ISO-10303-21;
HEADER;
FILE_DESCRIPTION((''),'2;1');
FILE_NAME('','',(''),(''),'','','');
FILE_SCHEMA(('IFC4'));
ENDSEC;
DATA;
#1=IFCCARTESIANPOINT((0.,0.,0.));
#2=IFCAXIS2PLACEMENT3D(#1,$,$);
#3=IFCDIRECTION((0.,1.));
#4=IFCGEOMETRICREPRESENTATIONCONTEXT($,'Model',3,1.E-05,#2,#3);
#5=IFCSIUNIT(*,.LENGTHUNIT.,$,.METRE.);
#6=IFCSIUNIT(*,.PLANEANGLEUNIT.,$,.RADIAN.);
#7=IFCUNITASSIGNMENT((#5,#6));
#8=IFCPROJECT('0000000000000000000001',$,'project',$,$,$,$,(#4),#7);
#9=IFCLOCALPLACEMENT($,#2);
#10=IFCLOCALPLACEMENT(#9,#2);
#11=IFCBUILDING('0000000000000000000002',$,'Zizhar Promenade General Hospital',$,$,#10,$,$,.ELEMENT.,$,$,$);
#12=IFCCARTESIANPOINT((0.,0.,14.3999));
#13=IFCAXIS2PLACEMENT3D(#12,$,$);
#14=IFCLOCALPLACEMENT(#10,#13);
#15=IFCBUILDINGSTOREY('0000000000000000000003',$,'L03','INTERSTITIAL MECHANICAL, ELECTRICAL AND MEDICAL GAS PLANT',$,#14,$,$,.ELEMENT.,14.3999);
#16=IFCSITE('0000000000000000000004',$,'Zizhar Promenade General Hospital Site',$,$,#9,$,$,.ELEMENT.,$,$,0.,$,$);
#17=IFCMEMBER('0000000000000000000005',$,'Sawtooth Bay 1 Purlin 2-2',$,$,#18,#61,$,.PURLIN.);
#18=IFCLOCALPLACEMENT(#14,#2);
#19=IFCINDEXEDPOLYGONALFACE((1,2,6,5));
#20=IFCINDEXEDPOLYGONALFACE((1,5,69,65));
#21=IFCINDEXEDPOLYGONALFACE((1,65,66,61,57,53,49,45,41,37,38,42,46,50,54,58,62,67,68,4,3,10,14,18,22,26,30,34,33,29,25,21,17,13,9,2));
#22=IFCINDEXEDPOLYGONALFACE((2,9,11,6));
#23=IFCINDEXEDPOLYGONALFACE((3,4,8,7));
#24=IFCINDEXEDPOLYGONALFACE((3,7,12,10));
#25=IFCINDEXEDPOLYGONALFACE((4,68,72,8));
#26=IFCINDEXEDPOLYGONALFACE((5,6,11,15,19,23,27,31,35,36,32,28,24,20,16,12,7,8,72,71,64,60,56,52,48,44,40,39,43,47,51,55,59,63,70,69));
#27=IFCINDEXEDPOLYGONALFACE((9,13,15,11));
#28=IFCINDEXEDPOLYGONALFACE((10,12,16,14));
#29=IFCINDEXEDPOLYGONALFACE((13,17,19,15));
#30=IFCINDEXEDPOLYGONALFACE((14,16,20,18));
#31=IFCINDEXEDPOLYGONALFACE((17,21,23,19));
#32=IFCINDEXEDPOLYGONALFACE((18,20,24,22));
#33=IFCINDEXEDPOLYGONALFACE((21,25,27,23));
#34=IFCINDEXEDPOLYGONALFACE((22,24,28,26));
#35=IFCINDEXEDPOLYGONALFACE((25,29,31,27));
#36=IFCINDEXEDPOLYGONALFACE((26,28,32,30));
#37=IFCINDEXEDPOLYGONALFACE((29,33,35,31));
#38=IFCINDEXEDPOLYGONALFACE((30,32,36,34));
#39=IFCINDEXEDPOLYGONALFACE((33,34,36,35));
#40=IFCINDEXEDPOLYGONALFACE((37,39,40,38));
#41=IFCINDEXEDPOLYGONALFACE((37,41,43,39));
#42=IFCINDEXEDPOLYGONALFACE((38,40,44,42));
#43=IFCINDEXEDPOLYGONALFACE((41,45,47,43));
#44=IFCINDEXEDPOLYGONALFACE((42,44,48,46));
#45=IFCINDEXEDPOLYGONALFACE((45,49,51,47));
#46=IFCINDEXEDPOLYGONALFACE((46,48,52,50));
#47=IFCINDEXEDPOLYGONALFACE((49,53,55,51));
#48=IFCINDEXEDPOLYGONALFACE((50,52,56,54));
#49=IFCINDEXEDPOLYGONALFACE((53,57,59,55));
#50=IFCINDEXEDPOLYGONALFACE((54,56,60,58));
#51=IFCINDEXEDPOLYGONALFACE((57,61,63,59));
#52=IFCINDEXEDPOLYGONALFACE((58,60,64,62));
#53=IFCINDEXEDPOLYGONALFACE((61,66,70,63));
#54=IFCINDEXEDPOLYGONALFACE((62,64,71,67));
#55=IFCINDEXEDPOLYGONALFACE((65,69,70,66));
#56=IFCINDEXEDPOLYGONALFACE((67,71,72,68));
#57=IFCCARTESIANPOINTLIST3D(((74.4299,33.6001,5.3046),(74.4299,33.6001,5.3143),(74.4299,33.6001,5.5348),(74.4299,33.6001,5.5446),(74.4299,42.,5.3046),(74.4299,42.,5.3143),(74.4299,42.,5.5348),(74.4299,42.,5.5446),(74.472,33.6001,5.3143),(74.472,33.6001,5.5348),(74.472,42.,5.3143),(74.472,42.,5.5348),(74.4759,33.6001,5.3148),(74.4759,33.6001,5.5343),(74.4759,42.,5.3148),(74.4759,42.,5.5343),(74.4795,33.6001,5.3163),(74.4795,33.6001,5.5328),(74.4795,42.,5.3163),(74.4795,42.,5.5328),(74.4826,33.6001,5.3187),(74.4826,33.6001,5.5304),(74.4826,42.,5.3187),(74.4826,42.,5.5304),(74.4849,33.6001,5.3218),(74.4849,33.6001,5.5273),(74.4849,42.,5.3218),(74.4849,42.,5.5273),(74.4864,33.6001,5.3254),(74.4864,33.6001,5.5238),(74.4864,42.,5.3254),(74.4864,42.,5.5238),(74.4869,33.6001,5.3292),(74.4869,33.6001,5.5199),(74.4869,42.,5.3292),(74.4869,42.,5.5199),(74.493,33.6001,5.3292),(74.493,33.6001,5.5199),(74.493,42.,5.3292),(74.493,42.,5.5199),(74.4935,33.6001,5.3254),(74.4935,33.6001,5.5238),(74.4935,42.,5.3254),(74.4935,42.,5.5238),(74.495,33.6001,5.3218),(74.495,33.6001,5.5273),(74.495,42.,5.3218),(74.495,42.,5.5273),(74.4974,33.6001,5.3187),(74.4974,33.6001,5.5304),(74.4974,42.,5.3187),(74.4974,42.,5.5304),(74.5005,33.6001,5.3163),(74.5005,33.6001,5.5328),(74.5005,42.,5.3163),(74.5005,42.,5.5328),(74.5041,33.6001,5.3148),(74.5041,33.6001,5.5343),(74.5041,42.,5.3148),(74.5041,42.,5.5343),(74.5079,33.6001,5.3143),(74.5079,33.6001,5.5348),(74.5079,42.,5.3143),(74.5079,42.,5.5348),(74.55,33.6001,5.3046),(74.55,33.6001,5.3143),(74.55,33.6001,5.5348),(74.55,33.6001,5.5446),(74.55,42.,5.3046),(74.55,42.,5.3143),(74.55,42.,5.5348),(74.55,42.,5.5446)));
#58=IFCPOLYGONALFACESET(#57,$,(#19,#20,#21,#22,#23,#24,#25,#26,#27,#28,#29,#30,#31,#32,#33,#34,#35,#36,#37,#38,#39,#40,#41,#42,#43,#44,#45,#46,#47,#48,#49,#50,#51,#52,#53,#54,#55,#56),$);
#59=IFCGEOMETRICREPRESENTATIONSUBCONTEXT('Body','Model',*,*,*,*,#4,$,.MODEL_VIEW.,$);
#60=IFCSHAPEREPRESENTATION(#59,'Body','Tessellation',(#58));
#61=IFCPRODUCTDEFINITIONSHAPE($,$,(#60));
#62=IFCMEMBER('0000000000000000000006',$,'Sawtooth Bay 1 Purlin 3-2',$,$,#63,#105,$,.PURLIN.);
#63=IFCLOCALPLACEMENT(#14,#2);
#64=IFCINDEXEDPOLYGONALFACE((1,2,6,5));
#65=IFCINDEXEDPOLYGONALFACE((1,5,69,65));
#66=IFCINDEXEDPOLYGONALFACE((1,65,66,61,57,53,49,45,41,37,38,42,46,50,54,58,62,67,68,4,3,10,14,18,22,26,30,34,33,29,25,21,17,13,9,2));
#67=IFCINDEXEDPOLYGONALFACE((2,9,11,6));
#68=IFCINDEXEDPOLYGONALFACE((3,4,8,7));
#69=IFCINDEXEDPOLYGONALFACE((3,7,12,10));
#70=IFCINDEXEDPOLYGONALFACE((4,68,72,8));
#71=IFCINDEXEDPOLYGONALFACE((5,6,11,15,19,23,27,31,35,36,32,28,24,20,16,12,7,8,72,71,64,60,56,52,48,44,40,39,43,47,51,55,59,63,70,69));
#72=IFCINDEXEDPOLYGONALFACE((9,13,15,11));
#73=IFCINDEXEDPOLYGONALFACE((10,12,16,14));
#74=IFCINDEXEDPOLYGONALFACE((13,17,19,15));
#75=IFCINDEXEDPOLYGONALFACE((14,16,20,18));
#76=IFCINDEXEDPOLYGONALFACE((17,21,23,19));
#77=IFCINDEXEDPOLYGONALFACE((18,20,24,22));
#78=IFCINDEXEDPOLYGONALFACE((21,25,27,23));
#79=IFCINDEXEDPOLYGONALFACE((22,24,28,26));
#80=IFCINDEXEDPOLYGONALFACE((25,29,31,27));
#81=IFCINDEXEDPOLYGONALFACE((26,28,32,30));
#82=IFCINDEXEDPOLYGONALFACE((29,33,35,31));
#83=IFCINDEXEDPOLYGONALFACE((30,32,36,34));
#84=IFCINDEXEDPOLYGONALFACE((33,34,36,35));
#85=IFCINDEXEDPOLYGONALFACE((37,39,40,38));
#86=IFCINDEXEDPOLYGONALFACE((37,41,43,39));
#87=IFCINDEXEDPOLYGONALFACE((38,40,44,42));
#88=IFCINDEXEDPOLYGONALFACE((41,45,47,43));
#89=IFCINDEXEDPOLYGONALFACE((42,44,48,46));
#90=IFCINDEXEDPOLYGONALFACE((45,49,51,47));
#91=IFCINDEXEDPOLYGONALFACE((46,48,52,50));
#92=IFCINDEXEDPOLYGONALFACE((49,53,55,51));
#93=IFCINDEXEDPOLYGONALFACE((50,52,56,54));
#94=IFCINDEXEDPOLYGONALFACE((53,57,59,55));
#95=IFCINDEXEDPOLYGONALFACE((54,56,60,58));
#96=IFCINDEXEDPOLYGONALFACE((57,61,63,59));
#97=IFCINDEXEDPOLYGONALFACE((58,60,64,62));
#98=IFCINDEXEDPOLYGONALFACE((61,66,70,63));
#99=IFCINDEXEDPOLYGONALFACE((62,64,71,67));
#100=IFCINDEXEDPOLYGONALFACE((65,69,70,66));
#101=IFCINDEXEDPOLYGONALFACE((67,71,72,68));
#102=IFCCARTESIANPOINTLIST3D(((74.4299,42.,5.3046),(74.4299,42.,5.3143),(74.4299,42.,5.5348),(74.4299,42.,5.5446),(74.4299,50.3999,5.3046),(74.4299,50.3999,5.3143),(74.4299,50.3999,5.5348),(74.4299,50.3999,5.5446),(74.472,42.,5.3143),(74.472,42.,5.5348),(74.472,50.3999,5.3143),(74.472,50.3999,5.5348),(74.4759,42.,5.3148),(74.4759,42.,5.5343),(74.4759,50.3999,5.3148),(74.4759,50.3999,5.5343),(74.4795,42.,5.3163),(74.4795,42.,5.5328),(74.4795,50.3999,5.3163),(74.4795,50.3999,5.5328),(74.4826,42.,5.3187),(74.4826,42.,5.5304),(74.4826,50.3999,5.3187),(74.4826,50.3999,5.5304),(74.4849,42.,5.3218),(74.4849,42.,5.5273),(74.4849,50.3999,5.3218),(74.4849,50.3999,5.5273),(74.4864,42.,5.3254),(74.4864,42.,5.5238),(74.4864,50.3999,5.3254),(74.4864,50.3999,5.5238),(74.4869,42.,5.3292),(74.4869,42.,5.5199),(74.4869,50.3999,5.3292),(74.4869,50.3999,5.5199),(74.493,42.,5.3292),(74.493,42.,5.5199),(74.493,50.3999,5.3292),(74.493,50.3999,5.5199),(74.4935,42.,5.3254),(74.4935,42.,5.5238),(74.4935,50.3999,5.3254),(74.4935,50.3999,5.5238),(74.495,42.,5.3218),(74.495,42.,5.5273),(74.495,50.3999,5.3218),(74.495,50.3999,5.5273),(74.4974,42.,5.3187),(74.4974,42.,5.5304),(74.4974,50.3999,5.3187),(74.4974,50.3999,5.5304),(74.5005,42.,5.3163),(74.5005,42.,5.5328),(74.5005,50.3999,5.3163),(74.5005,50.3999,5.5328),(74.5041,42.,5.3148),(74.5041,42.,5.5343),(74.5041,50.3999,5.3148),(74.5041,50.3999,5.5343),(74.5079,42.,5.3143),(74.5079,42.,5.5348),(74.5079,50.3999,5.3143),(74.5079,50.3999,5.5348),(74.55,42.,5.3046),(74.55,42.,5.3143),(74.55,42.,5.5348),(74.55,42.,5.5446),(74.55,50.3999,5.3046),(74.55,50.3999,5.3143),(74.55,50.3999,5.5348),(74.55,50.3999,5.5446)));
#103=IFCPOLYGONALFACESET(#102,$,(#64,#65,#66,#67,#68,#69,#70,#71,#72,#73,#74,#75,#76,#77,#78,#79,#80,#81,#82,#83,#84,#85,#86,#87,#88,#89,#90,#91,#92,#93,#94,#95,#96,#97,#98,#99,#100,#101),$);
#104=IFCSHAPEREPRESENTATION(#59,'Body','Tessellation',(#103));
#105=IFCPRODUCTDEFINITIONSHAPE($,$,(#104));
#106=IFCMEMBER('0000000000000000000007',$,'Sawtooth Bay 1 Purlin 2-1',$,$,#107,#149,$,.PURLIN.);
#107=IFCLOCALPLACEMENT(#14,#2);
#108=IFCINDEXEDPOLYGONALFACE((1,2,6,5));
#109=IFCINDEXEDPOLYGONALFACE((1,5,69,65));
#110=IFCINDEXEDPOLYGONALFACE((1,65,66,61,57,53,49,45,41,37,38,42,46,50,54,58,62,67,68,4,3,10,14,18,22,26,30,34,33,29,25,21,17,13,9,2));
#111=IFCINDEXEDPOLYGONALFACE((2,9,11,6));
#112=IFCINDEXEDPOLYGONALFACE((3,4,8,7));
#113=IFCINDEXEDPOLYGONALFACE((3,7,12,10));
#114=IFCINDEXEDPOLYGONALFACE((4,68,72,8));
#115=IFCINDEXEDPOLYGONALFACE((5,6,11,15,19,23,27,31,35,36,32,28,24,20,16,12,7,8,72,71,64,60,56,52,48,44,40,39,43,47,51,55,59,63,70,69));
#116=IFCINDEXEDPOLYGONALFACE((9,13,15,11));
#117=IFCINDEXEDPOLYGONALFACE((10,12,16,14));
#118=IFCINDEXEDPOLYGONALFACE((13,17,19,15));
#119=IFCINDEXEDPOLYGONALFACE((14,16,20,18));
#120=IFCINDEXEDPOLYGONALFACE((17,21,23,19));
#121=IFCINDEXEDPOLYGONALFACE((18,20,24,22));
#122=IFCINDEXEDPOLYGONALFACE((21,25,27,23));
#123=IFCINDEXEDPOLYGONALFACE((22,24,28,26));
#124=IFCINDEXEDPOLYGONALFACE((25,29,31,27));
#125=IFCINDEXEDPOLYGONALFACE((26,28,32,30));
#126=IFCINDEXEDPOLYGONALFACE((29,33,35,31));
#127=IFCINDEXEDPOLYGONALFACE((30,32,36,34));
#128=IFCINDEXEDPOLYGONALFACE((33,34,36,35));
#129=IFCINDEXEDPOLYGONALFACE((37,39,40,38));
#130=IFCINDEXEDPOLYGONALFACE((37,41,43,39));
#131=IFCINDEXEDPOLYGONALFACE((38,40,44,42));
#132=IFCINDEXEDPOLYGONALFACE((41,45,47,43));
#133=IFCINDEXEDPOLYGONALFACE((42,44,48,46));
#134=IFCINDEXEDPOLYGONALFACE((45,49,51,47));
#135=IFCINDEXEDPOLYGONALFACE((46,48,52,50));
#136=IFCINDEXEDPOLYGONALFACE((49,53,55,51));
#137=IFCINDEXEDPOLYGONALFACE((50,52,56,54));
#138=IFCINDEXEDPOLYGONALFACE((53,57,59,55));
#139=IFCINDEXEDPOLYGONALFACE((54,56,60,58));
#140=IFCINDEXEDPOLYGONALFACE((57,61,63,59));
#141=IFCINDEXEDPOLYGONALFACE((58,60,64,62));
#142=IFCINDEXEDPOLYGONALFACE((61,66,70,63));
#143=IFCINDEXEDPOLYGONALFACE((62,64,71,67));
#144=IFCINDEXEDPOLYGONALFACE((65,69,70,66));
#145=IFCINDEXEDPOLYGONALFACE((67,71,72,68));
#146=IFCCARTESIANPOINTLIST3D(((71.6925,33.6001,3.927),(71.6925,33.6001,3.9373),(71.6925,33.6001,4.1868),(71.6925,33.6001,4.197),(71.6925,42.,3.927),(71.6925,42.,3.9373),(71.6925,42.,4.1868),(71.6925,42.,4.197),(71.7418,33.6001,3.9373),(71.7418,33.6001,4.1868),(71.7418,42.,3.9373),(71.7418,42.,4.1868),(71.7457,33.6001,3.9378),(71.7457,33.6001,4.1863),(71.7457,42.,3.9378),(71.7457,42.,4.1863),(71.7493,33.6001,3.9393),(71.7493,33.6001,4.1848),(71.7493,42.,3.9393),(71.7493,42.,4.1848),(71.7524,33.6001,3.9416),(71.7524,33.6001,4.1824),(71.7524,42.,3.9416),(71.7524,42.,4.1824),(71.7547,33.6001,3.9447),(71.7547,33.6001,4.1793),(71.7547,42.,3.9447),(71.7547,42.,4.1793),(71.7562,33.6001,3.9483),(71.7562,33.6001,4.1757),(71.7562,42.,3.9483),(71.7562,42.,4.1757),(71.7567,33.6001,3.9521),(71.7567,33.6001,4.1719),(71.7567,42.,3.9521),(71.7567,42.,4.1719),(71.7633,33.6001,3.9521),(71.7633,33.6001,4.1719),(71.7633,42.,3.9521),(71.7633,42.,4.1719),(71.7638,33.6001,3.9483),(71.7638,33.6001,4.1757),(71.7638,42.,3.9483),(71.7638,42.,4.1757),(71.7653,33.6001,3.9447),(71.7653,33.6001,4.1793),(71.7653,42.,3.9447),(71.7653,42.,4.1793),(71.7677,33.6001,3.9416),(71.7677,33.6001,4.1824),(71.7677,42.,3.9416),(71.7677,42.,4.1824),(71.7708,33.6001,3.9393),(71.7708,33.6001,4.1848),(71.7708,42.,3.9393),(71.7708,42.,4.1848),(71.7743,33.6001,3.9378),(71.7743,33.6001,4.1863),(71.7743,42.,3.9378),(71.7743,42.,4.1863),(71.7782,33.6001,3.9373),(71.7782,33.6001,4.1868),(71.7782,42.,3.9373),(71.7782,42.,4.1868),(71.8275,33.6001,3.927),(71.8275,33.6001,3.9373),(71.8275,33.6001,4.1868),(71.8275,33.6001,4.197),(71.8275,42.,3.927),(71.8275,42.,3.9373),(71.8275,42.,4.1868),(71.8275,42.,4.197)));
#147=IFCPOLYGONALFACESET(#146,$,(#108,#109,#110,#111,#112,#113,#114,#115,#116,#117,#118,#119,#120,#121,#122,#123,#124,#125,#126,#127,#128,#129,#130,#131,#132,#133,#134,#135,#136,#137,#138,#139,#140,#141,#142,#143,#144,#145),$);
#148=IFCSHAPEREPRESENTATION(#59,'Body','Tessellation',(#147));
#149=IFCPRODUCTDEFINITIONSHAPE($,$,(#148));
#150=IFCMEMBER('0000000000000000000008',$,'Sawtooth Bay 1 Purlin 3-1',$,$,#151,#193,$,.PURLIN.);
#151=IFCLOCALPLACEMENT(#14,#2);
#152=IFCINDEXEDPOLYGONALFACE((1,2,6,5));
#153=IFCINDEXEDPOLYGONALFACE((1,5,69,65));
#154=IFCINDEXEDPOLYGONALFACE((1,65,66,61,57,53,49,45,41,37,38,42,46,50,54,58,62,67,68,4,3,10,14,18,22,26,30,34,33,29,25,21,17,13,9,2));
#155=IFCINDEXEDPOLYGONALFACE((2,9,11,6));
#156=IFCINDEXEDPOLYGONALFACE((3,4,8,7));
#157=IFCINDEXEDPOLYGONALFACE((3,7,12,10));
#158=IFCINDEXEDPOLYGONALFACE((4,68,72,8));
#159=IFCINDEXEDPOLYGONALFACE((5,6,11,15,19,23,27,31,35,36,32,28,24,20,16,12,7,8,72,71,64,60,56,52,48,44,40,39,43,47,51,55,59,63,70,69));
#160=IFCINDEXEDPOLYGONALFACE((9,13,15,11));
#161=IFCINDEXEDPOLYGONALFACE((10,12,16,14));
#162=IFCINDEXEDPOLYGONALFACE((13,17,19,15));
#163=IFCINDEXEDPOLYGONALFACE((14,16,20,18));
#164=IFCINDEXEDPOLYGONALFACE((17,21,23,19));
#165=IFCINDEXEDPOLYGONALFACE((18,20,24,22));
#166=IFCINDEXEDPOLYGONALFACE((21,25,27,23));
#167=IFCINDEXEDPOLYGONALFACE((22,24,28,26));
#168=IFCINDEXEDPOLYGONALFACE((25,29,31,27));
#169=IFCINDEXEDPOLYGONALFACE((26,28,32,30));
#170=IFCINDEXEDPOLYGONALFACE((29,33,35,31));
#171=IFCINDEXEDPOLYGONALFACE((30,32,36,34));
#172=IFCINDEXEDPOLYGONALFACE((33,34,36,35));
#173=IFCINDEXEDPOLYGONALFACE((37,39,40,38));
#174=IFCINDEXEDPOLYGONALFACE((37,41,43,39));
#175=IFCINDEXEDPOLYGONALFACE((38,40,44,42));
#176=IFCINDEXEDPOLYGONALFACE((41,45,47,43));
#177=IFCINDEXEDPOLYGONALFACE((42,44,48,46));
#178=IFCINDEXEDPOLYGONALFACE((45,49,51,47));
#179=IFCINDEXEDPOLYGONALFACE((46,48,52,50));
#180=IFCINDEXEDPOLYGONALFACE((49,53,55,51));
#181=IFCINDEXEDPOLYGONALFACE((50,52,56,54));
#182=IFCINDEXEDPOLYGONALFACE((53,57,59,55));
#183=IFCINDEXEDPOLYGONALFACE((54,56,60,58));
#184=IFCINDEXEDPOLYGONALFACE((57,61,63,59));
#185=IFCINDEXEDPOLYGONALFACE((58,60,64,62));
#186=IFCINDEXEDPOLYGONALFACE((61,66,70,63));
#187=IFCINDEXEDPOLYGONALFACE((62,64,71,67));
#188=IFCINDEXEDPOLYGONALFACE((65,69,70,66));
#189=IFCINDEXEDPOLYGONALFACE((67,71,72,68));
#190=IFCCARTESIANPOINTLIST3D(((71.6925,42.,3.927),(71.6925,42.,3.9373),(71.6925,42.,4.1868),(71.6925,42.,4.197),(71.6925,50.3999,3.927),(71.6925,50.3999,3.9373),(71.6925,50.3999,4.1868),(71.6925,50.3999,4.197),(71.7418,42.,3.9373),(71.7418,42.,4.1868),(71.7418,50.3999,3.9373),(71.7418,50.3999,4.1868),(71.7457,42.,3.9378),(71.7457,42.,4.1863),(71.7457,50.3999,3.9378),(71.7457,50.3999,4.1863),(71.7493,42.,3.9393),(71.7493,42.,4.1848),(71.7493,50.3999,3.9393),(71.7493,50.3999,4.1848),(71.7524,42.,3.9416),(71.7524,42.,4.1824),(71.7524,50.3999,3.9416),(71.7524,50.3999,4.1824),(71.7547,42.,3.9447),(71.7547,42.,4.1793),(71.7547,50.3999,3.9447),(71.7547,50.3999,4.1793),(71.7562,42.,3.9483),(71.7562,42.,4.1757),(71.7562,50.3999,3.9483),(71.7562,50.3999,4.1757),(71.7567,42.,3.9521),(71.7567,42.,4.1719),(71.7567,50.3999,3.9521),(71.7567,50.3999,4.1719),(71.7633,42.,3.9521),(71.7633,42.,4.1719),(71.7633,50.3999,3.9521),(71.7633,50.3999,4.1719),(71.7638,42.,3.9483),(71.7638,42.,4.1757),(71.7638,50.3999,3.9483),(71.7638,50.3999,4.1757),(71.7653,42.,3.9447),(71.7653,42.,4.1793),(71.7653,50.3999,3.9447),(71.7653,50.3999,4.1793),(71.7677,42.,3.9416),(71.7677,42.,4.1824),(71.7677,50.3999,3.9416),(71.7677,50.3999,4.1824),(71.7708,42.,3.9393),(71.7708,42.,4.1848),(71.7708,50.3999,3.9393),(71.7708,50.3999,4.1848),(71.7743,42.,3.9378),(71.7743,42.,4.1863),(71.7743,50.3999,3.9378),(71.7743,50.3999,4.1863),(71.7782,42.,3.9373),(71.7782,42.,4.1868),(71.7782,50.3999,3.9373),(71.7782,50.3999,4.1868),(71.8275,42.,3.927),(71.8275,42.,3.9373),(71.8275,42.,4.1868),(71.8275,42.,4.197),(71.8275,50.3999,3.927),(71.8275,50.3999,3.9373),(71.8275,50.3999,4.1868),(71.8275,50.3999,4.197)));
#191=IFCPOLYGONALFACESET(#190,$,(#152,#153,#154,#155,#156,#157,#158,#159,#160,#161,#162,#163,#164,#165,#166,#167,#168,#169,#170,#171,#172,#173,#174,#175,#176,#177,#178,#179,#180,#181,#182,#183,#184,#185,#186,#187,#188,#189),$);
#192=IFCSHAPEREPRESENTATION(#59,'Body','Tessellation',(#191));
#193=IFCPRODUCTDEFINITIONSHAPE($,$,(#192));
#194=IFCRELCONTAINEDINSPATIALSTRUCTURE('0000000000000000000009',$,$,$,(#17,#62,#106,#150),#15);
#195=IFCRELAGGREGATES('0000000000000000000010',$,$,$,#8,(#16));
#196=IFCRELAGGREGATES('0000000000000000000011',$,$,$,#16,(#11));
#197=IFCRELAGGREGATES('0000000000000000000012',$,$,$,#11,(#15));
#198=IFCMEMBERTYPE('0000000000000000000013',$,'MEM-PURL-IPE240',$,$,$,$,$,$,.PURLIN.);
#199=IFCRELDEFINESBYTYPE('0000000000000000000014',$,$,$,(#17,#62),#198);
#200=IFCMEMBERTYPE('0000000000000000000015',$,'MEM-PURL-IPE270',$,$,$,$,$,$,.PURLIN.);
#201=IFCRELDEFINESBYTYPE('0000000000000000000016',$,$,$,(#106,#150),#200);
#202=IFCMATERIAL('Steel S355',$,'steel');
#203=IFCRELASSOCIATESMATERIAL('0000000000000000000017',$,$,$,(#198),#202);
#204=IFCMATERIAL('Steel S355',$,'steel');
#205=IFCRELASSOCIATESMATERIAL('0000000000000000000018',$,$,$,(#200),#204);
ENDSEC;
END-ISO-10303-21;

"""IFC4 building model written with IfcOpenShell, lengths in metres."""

from ifc_helpers import new_model, si_unit, direction, frame, origin, origin_2d, place, context, subcontext, project, spatial, i_section, extrude, material, material_profile, profile_set, type_object, element, save


model = new_model("IFC4")

# Units and contexts
model_context = context("Model", 3, precision=1e-05, world=origin(), true_north=direction((0.0, 1.0)))
body_context = subcontext(model_context, "Body", "Model", "MODEL_VIEW")
ifc_project = project(units=[si_unit("LENGTHUNIT", "METRE"), si_unit("PLANEANGLEUNIT", "RADIAN")], contexts=[model_context])

# Site, building, storey
site_placement = place(None, origin())
site = spatial("IfcSite", under=ifc_project, at=site_placement, Name="Zizhar Promenade General Hospital Site", CompositionType="ELEMENT", RefElevation=0.0)
building_placement = place(site_placement, origin())
building = spatial("IfcBuilding", under=site, at=building_placement, Name="Zizhar Promenade General Hospital", CompositionType="ELEMENT")
storey_placement = place(building_placement, frame((0.0, 0.0, 14.3999)))
storey = spatial("IfcBuildingStorey", under=building, at=storey_placement, Name="L03", Description="INTERSTITIAL MECHANICAL, ELECTRICAL AND MEDICAL GAS PLANT", CompositionType="ELEMENT", Elevation=14.3999)

# Members
ifc_material_1 = material(Name="Steel S355", Category="steel")
ifc_material_profile_1 = material_profile(ifc_material_1, i_section(OverallWidth=0.1201, OverallDepth=0.24, WebThickness=0.0061, FlangeThickness=0.0098, FilletRadius=0.0149, at=origin_2d()))
ifc_profile_set_1 = profile_set([ifc_material_profile_1], Name="Steel S355")
member_type_1 = type_object("IfcMemberType", Name="MEM-PURL-IPE240", PredefinedType="PURLIN", material=ifc_profile_set_1)
for number, where, z_axis, x_axis, name in (
    (1, (74.49, 33.6001, 5.4246), (0.0, 1.0, 0.0), (-1.0, 0.0, 0.0), "Sawtooth Bay 1 Purlin 2-2"),
    (2, (74.49, 42.0, 5.4246), (0.0, 1.0, 0.0), (-1.0, 0.0, 0.0), "Sawtooth Bay 1 Purlin 3-2"),
):
    element("IfcMember", number, at=place(storey_placement, frame(where, z_axis=z_axis, x_axis=x_axis)), inside=storey, type_object=member_type_1, Name=name, PredefinedType="PURLIN", context=body_context, shape_type="SweptSolid", body=[
        extrude(i_section(OverallWidth=0.1201, OverallDepth=0.24, WebThickness=0.0061, FlangeThickness=0.0098, FilletRadius=0.0149, at=origin_2d()), origin(), (0.0, 0.0, 1.0), 8.3999),
    ])
ifc_material_2 = material(Name="Steel S355", Category="steel")
ifc_material_profile_2 = material_profile(ifc_material_2, i_section(OverallWidth=0.135, OverallDepth=0.27, WebThickness=0.0066, FlangeThickness=0.0103, FilletRadius=0.0149, at=origin_2d()))
ifc_profile_set_2 = profile_set([ifc_material_profile_2], Name="Steel S355")
member_type_2 = type_object("IfcMemberType", Name="MEM-PURL-IPE270", PredefinedType="PURLIN", material=ifc_profile_set_2)
for number, where, z_axis, x_axis, name in (
    (3, (71.76, 33.6001, 4.062), (0.0, 1.0, 0.0), (-1.0, 0.0, 0.0), "Sawtooth Bay 1 Purlin 2-1"),
    (4, (71.76, 42.0, 4.062), (0.0, 1.0, 0.0), (-1.0, 0.0, 0.0), "Sawtooth Bay 1 Purlin 3-1"),
):
    element("IfcMember", number, at=place(storey_placement, frame(where, z_axis=z_axis, x_axis=x_axis)), inside=storey, type_object=member_type_2, Name=name, PredefinedType="PURLIN", context=body_context, shape_type="SweptSolid", body=[
        extrude(i_section(OverallWidth=0.135, OverallDepth=0.27, WebThickness=0.0066, FlangeThickness=0.0103, FilletRadius=0.0149, at=origin_2d()), origin(), (0.0, 0.0, 1.0), 8.3999),
    ])

save(model, "model.ifc")
